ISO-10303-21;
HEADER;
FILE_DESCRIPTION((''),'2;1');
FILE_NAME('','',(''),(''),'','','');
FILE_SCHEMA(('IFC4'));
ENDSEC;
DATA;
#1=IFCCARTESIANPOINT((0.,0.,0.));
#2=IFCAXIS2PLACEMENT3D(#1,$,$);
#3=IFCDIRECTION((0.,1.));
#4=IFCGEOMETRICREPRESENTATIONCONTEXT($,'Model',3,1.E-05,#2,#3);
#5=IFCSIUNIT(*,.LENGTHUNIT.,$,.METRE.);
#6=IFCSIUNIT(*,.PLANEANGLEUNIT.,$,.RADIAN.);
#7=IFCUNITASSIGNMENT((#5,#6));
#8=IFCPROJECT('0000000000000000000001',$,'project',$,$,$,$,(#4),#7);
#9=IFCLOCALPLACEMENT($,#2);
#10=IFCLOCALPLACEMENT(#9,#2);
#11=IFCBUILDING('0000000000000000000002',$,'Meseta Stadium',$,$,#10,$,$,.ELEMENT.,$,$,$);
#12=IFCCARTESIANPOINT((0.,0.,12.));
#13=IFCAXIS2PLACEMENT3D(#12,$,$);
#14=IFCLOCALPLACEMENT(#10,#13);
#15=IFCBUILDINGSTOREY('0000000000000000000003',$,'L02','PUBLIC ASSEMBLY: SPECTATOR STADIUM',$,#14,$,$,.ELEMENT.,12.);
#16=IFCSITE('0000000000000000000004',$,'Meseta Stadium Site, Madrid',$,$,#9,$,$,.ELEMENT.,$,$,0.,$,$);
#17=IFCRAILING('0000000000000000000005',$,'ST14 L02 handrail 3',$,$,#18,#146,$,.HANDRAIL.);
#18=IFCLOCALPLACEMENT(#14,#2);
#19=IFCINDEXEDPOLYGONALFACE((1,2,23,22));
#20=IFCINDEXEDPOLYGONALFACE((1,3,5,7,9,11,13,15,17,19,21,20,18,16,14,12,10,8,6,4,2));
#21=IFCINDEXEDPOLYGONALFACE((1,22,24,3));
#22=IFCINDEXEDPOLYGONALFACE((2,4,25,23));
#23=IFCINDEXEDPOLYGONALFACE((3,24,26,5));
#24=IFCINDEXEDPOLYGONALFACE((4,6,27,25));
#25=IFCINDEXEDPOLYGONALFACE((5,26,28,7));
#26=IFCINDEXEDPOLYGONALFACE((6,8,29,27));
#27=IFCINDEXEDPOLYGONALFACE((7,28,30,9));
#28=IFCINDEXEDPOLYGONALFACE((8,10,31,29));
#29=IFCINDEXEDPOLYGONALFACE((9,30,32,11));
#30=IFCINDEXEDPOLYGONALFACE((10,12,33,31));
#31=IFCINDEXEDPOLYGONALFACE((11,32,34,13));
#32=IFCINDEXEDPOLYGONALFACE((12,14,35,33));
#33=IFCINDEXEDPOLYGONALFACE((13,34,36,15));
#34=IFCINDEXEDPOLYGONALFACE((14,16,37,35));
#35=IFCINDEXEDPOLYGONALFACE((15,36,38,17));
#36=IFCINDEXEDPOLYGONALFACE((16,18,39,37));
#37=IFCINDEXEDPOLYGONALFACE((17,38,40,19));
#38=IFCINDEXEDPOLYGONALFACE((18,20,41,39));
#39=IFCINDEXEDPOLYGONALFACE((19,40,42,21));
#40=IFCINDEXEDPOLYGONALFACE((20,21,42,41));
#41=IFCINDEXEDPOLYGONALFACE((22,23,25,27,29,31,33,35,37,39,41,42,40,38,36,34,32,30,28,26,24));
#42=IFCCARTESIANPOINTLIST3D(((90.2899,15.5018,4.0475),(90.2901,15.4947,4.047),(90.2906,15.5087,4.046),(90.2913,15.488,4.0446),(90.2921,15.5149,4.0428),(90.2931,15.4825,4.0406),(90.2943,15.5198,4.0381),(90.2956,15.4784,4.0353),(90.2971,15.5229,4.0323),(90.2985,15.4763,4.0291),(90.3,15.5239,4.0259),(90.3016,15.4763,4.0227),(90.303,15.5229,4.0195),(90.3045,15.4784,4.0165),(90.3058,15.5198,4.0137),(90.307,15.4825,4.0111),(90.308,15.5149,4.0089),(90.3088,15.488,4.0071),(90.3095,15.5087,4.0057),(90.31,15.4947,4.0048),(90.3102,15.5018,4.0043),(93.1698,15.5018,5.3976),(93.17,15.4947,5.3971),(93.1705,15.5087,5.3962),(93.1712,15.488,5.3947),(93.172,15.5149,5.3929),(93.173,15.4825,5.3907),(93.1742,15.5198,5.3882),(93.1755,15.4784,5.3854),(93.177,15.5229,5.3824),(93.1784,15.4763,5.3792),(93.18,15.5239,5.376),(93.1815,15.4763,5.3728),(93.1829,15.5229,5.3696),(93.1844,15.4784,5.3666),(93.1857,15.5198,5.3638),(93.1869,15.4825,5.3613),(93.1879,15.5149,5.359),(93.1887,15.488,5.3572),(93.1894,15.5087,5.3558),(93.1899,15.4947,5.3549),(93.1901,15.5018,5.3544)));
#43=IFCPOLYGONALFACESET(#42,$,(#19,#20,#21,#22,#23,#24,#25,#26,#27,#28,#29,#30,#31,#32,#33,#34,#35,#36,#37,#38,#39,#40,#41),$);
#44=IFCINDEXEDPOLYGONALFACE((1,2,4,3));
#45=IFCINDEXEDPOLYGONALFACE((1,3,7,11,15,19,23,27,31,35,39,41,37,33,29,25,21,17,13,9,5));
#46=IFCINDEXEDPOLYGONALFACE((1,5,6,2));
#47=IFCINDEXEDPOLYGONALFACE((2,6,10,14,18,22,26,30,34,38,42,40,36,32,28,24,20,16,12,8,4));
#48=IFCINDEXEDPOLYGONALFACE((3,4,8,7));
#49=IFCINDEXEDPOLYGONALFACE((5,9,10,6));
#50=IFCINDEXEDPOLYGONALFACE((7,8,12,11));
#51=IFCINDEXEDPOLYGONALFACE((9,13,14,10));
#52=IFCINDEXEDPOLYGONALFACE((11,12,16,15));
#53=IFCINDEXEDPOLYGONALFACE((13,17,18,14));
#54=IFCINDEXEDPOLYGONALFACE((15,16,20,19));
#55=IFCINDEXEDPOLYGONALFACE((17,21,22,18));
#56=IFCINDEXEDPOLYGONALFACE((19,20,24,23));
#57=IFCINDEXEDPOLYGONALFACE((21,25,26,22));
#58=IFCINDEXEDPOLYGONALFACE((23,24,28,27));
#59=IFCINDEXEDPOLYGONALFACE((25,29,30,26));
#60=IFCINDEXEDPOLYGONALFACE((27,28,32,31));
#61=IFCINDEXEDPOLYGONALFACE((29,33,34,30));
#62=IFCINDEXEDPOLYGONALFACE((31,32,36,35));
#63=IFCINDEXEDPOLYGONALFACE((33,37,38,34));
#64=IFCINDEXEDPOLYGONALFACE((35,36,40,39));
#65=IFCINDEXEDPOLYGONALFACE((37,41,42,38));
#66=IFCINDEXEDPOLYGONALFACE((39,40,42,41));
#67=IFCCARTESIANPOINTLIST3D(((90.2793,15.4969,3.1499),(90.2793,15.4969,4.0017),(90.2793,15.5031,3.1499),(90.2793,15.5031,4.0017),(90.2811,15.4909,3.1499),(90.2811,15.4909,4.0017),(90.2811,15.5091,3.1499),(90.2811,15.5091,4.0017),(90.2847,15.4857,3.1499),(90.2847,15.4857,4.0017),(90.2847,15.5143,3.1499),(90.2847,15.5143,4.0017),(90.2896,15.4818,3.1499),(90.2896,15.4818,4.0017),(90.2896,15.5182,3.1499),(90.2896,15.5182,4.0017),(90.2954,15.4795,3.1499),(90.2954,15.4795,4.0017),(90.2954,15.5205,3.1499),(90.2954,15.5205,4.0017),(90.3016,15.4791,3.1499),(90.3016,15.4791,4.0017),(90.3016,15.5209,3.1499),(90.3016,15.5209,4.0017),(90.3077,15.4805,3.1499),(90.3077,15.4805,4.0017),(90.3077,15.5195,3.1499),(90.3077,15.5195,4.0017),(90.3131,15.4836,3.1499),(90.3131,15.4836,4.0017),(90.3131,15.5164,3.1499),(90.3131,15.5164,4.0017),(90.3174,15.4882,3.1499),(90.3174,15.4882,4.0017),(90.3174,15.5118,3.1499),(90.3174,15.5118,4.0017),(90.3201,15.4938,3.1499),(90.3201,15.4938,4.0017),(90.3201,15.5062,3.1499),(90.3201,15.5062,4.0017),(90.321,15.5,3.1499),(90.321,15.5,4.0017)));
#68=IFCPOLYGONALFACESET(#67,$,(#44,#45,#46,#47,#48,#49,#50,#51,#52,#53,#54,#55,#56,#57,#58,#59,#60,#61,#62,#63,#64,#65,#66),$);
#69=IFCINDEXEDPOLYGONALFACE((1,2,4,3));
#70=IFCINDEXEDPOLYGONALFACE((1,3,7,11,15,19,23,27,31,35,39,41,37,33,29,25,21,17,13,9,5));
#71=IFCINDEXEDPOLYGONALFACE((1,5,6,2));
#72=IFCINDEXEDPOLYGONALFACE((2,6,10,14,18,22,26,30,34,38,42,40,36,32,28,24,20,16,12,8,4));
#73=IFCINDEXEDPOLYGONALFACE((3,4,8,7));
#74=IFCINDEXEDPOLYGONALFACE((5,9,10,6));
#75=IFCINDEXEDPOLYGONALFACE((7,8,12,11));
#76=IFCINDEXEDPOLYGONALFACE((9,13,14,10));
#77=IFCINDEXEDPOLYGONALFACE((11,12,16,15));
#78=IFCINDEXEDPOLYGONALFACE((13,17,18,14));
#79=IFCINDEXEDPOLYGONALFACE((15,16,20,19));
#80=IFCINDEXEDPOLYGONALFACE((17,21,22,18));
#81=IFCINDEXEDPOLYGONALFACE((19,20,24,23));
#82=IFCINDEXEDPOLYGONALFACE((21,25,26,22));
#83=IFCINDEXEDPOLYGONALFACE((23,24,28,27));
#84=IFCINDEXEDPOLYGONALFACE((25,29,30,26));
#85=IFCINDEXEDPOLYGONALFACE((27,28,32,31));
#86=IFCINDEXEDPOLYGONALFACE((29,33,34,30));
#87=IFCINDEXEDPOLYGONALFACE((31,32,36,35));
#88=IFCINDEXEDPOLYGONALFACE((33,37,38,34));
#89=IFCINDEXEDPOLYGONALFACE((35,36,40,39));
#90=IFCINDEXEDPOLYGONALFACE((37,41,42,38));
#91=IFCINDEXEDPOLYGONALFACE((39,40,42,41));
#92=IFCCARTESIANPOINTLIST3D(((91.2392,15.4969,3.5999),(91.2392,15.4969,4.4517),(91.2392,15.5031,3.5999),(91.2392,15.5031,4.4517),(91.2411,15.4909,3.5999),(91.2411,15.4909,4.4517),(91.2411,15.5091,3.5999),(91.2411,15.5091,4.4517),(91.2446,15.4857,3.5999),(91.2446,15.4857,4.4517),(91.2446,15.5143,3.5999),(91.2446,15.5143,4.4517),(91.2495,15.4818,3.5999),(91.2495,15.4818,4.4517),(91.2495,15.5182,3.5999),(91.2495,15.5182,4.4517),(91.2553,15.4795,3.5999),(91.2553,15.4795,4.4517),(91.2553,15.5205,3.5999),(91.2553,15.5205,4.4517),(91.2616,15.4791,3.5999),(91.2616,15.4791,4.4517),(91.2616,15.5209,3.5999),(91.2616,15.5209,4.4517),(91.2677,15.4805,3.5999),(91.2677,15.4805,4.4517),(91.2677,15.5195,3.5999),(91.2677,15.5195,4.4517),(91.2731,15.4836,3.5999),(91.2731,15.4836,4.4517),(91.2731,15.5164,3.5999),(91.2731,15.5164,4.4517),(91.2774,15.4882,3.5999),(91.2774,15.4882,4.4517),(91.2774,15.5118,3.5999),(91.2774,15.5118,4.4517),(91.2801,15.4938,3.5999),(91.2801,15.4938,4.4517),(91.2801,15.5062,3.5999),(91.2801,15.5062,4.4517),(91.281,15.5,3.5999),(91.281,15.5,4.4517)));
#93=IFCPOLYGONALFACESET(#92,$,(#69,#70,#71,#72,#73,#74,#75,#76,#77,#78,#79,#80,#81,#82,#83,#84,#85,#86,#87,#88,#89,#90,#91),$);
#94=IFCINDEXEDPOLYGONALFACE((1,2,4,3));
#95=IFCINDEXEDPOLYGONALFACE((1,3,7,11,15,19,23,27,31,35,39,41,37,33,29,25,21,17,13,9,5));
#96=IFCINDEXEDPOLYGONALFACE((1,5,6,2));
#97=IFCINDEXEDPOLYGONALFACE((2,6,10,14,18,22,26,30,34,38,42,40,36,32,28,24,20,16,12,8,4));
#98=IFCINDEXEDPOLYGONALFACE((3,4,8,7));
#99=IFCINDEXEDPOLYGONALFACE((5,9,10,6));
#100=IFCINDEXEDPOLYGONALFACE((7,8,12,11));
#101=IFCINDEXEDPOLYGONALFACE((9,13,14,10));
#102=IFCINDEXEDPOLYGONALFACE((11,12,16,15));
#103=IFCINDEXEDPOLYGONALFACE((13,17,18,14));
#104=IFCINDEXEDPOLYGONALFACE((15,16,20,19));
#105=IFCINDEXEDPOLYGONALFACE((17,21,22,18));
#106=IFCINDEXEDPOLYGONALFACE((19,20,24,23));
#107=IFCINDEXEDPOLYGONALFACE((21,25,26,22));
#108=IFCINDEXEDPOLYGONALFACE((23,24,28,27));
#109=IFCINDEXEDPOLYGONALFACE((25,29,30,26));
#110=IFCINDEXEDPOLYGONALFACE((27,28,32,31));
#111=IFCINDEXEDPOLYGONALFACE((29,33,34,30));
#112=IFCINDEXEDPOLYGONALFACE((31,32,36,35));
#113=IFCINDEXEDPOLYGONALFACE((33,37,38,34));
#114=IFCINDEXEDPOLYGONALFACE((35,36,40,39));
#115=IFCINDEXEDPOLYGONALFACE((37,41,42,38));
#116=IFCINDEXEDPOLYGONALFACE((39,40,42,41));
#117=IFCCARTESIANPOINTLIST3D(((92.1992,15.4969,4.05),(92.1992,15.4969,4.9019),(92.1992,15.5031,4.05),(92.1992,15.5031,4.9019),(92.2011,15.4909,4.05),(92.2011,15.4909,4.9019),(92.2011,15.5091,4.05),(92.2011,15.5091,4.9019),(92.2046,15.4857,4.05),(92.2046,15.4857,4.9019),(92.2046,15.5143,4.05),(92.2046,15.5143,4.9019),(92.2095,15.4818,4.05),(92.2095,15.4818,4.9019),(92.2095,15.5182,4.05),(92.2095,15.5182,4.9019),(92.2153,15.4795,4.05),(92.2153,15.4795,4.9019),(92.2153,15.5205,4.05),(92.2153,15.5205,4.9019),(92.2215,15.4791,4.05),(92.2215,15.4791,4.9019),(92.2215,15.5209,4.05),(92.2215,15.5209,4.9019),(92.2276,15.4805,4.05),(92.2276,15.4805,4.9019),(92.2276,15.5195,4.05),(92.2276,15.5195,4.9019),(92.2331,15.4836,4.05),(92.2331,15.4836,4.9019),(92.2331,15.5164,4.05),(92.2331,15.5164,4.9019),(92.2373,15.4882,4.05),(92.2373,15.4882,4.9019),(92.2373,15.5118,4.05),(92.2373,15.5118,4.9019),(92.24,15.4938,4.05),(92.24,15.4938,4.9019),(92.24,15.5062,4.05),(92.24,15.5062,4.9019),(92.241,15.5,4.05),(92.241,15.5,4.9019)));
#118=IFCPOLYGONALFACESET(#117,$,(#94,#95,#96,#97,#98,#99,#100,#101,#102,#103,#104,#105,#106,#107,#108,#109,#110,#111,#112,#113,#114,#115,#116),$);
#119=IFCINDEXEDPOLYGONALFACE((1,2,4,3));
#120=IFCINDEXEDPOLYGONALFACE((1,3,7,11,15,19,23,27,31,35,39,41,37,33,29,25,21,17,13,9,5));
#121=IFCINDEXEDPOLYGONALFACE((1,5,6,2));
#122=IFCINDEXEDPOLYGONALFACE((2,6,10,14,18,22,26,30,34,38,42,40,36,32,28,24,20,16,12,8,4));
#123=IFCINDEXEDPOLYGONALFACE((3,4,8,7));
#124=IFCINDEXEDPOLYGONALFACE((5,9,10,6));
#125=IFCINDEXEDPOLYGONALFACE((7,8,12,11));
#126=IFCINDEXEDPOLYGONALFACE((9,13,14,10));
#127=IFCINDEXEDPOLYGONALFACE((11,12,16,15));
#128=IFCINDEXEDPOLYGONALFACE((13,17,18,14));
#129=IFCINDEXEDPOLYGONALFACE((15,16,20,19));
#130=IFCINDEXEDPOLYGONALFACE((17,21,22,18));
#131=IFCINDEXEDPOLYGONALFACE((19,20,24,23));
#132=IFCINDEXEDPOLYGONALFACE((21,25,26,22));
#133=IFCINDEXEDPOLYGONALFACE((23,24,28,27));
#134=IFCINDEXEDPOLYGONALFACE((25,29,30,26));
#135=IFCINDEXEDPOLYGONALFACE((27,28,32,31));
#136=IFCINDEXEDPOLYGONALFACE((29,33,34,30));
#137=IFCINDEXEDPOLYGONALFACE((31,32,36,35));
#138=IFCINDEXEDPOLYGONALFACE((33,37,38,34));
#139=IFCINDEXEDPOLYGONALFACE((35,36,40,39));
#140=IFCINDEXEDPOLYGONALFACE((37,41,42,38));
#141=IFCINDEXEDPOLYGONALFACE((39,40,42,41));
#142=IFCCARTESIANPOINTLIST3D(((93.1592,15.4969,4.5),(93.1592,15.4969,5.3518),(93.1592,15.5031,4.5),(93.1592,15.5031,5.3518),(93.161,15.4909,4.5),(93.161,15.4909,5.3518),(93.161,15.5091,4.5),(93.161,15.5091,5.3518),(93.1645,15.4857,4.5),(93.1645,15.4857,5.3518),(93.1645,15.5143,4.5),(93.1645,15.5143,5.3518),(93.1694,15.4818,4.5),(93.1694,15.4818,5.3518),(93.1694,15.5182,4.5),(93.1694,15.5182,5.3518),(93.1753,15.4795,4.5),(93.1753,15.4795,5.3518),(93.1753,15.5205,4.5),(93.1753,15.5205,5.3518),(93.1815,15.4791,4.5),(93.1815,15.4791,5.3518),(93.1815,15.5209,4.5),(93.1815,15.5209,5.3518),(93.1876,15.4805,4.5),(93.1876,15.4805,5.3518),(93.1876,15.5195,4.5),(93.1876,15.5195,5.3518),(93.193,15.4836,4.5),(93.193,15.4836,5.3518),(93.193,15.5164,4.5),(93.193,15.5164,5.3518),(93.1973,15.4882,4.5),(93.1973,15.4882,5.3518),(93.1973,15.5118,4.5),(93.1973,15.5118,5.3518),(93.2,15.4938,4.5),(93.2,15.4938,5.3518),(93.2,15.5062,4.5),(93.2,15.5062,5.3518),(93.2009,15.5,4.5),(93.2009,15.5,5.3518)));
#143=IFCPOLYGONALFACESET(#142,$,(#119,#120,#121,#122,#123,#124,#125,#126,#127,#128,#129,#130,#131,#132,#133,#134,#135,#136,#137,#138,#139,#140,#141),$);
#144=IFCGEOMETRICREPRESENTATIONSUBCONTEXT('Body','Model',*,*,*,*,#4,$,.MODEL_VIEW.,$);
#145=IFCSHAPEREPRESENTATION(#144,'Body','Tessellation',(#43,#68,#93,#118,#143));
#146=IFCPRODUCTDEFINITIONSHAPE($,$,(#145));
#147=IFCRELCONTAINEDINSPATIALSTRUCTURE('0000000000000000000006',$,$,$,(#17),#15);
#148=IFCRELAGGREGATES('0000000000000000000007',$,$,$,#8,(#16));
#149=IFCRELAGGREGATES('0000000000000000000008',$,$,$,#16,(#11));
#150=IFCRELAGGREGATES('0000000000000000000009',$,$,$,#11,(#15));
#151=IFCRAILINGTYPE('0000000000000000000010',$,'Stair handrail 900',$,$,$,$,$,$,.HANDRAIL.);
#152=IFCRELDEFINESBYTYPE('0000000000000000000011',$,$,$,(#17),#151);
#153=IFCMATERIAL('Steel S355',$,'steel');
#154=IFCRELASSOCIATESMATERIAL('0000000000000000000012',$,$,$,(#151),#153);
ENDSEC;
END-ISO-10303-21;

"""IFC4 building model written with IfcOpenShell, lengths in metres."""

from ifc_helpers import new_model, si_unit, direction, frame, origin, origin_2d, place, context, subcontext, project, spatial, circle, extrude, material, type_object, element, save


model = new_model("IFC4")

# Units and contexts
model_context = context("Model", 3, precision=1e-05, world=origin(), true_north=direction((0.0, 1.0)))
body_context = subcontext(model_context, "Body", "Model", "MODEL_VIEW")
ifc_project = project(units=[si_unit("LENGTHUNIT", "METRE"), si_unit("PLANEANGLEUNIT", "RADIAN")], contexts=[model_context])

# Site, building, storey
site_placement = place(None, origin())
site = spatial("IfcSite", under=ifc_project, at=site_placement, Name="Meseta Stadium Site, Madrid", CompositionType="ELEMENT", RefElevation=0.0)
building_placement = place(site_placement, origin())
building = spatial("IfcBuilding", under=site, at=building_placement, Name="Meseta Stadium", CompositionType="ELEMENT")
storey_placement = place(building_placement, frame((0.0, 0.0, 12.0)))
storey = spatial("IfcBuildingStorey", under=building, at=storey_placement, Name="L02", Description="PUBLIC ASSEMBLY: SPECTATOR STADIUM", CompositionType="ELEMENT", Elevation=12.0)

# Railing
ifc_material_1 = material(Name="Steel S355", Category="steel")
railing_type_1 = type_object("IfcRailingType", Name="Stair handrail 900", PredefinedType="HANDRAIL", material=ifc_material_1)
for number, where, name in (
    (1, (90.3, 15.5, 3.1499), "ST14 L02 handrail 3"),
):
    element("IfcRailing", number, at=place(storey_placement, frame(where)), inside=storey, type_object=railing_type_1, Name=name, PredefinedType="HANDRAIL", context=body_context, shape_type="SweptSolid", body=[
        extrude(circle(Radius=0.0239, at=origin_2d()), frame((0.0, 0.0, 0.876), z_axis=(0.90544, 0.0, 0.424473), x_axis=(0.0, 1.0, 0.0)), (0.0, 0.0, 1.0), 3.1807),
        extrude(circle(Radius=0.021, at=origin_2d()), origin(), (0.0, 0.0, 1.0), 0.8518),
        extrude(circle(Radius=0.021, at=origin_2d()), frame((0.96, 0.0, 0.45)), (0.0, 0.0, 1.0), 0.8518),
        extrude(circle(Radius=0.021, at=origin_2d()), frame((1.9199, 0.0, 0.9001)), (0.0, 0.0, 1.0), 0.8518),
        extrude(circle(Radius=0.021, at=origin_2d()), frame((2.8799, 0.0, 1.3501)), (0.0, 0.0, 1.0), 0.8518),
    ])

save(model, "model.ifc")
